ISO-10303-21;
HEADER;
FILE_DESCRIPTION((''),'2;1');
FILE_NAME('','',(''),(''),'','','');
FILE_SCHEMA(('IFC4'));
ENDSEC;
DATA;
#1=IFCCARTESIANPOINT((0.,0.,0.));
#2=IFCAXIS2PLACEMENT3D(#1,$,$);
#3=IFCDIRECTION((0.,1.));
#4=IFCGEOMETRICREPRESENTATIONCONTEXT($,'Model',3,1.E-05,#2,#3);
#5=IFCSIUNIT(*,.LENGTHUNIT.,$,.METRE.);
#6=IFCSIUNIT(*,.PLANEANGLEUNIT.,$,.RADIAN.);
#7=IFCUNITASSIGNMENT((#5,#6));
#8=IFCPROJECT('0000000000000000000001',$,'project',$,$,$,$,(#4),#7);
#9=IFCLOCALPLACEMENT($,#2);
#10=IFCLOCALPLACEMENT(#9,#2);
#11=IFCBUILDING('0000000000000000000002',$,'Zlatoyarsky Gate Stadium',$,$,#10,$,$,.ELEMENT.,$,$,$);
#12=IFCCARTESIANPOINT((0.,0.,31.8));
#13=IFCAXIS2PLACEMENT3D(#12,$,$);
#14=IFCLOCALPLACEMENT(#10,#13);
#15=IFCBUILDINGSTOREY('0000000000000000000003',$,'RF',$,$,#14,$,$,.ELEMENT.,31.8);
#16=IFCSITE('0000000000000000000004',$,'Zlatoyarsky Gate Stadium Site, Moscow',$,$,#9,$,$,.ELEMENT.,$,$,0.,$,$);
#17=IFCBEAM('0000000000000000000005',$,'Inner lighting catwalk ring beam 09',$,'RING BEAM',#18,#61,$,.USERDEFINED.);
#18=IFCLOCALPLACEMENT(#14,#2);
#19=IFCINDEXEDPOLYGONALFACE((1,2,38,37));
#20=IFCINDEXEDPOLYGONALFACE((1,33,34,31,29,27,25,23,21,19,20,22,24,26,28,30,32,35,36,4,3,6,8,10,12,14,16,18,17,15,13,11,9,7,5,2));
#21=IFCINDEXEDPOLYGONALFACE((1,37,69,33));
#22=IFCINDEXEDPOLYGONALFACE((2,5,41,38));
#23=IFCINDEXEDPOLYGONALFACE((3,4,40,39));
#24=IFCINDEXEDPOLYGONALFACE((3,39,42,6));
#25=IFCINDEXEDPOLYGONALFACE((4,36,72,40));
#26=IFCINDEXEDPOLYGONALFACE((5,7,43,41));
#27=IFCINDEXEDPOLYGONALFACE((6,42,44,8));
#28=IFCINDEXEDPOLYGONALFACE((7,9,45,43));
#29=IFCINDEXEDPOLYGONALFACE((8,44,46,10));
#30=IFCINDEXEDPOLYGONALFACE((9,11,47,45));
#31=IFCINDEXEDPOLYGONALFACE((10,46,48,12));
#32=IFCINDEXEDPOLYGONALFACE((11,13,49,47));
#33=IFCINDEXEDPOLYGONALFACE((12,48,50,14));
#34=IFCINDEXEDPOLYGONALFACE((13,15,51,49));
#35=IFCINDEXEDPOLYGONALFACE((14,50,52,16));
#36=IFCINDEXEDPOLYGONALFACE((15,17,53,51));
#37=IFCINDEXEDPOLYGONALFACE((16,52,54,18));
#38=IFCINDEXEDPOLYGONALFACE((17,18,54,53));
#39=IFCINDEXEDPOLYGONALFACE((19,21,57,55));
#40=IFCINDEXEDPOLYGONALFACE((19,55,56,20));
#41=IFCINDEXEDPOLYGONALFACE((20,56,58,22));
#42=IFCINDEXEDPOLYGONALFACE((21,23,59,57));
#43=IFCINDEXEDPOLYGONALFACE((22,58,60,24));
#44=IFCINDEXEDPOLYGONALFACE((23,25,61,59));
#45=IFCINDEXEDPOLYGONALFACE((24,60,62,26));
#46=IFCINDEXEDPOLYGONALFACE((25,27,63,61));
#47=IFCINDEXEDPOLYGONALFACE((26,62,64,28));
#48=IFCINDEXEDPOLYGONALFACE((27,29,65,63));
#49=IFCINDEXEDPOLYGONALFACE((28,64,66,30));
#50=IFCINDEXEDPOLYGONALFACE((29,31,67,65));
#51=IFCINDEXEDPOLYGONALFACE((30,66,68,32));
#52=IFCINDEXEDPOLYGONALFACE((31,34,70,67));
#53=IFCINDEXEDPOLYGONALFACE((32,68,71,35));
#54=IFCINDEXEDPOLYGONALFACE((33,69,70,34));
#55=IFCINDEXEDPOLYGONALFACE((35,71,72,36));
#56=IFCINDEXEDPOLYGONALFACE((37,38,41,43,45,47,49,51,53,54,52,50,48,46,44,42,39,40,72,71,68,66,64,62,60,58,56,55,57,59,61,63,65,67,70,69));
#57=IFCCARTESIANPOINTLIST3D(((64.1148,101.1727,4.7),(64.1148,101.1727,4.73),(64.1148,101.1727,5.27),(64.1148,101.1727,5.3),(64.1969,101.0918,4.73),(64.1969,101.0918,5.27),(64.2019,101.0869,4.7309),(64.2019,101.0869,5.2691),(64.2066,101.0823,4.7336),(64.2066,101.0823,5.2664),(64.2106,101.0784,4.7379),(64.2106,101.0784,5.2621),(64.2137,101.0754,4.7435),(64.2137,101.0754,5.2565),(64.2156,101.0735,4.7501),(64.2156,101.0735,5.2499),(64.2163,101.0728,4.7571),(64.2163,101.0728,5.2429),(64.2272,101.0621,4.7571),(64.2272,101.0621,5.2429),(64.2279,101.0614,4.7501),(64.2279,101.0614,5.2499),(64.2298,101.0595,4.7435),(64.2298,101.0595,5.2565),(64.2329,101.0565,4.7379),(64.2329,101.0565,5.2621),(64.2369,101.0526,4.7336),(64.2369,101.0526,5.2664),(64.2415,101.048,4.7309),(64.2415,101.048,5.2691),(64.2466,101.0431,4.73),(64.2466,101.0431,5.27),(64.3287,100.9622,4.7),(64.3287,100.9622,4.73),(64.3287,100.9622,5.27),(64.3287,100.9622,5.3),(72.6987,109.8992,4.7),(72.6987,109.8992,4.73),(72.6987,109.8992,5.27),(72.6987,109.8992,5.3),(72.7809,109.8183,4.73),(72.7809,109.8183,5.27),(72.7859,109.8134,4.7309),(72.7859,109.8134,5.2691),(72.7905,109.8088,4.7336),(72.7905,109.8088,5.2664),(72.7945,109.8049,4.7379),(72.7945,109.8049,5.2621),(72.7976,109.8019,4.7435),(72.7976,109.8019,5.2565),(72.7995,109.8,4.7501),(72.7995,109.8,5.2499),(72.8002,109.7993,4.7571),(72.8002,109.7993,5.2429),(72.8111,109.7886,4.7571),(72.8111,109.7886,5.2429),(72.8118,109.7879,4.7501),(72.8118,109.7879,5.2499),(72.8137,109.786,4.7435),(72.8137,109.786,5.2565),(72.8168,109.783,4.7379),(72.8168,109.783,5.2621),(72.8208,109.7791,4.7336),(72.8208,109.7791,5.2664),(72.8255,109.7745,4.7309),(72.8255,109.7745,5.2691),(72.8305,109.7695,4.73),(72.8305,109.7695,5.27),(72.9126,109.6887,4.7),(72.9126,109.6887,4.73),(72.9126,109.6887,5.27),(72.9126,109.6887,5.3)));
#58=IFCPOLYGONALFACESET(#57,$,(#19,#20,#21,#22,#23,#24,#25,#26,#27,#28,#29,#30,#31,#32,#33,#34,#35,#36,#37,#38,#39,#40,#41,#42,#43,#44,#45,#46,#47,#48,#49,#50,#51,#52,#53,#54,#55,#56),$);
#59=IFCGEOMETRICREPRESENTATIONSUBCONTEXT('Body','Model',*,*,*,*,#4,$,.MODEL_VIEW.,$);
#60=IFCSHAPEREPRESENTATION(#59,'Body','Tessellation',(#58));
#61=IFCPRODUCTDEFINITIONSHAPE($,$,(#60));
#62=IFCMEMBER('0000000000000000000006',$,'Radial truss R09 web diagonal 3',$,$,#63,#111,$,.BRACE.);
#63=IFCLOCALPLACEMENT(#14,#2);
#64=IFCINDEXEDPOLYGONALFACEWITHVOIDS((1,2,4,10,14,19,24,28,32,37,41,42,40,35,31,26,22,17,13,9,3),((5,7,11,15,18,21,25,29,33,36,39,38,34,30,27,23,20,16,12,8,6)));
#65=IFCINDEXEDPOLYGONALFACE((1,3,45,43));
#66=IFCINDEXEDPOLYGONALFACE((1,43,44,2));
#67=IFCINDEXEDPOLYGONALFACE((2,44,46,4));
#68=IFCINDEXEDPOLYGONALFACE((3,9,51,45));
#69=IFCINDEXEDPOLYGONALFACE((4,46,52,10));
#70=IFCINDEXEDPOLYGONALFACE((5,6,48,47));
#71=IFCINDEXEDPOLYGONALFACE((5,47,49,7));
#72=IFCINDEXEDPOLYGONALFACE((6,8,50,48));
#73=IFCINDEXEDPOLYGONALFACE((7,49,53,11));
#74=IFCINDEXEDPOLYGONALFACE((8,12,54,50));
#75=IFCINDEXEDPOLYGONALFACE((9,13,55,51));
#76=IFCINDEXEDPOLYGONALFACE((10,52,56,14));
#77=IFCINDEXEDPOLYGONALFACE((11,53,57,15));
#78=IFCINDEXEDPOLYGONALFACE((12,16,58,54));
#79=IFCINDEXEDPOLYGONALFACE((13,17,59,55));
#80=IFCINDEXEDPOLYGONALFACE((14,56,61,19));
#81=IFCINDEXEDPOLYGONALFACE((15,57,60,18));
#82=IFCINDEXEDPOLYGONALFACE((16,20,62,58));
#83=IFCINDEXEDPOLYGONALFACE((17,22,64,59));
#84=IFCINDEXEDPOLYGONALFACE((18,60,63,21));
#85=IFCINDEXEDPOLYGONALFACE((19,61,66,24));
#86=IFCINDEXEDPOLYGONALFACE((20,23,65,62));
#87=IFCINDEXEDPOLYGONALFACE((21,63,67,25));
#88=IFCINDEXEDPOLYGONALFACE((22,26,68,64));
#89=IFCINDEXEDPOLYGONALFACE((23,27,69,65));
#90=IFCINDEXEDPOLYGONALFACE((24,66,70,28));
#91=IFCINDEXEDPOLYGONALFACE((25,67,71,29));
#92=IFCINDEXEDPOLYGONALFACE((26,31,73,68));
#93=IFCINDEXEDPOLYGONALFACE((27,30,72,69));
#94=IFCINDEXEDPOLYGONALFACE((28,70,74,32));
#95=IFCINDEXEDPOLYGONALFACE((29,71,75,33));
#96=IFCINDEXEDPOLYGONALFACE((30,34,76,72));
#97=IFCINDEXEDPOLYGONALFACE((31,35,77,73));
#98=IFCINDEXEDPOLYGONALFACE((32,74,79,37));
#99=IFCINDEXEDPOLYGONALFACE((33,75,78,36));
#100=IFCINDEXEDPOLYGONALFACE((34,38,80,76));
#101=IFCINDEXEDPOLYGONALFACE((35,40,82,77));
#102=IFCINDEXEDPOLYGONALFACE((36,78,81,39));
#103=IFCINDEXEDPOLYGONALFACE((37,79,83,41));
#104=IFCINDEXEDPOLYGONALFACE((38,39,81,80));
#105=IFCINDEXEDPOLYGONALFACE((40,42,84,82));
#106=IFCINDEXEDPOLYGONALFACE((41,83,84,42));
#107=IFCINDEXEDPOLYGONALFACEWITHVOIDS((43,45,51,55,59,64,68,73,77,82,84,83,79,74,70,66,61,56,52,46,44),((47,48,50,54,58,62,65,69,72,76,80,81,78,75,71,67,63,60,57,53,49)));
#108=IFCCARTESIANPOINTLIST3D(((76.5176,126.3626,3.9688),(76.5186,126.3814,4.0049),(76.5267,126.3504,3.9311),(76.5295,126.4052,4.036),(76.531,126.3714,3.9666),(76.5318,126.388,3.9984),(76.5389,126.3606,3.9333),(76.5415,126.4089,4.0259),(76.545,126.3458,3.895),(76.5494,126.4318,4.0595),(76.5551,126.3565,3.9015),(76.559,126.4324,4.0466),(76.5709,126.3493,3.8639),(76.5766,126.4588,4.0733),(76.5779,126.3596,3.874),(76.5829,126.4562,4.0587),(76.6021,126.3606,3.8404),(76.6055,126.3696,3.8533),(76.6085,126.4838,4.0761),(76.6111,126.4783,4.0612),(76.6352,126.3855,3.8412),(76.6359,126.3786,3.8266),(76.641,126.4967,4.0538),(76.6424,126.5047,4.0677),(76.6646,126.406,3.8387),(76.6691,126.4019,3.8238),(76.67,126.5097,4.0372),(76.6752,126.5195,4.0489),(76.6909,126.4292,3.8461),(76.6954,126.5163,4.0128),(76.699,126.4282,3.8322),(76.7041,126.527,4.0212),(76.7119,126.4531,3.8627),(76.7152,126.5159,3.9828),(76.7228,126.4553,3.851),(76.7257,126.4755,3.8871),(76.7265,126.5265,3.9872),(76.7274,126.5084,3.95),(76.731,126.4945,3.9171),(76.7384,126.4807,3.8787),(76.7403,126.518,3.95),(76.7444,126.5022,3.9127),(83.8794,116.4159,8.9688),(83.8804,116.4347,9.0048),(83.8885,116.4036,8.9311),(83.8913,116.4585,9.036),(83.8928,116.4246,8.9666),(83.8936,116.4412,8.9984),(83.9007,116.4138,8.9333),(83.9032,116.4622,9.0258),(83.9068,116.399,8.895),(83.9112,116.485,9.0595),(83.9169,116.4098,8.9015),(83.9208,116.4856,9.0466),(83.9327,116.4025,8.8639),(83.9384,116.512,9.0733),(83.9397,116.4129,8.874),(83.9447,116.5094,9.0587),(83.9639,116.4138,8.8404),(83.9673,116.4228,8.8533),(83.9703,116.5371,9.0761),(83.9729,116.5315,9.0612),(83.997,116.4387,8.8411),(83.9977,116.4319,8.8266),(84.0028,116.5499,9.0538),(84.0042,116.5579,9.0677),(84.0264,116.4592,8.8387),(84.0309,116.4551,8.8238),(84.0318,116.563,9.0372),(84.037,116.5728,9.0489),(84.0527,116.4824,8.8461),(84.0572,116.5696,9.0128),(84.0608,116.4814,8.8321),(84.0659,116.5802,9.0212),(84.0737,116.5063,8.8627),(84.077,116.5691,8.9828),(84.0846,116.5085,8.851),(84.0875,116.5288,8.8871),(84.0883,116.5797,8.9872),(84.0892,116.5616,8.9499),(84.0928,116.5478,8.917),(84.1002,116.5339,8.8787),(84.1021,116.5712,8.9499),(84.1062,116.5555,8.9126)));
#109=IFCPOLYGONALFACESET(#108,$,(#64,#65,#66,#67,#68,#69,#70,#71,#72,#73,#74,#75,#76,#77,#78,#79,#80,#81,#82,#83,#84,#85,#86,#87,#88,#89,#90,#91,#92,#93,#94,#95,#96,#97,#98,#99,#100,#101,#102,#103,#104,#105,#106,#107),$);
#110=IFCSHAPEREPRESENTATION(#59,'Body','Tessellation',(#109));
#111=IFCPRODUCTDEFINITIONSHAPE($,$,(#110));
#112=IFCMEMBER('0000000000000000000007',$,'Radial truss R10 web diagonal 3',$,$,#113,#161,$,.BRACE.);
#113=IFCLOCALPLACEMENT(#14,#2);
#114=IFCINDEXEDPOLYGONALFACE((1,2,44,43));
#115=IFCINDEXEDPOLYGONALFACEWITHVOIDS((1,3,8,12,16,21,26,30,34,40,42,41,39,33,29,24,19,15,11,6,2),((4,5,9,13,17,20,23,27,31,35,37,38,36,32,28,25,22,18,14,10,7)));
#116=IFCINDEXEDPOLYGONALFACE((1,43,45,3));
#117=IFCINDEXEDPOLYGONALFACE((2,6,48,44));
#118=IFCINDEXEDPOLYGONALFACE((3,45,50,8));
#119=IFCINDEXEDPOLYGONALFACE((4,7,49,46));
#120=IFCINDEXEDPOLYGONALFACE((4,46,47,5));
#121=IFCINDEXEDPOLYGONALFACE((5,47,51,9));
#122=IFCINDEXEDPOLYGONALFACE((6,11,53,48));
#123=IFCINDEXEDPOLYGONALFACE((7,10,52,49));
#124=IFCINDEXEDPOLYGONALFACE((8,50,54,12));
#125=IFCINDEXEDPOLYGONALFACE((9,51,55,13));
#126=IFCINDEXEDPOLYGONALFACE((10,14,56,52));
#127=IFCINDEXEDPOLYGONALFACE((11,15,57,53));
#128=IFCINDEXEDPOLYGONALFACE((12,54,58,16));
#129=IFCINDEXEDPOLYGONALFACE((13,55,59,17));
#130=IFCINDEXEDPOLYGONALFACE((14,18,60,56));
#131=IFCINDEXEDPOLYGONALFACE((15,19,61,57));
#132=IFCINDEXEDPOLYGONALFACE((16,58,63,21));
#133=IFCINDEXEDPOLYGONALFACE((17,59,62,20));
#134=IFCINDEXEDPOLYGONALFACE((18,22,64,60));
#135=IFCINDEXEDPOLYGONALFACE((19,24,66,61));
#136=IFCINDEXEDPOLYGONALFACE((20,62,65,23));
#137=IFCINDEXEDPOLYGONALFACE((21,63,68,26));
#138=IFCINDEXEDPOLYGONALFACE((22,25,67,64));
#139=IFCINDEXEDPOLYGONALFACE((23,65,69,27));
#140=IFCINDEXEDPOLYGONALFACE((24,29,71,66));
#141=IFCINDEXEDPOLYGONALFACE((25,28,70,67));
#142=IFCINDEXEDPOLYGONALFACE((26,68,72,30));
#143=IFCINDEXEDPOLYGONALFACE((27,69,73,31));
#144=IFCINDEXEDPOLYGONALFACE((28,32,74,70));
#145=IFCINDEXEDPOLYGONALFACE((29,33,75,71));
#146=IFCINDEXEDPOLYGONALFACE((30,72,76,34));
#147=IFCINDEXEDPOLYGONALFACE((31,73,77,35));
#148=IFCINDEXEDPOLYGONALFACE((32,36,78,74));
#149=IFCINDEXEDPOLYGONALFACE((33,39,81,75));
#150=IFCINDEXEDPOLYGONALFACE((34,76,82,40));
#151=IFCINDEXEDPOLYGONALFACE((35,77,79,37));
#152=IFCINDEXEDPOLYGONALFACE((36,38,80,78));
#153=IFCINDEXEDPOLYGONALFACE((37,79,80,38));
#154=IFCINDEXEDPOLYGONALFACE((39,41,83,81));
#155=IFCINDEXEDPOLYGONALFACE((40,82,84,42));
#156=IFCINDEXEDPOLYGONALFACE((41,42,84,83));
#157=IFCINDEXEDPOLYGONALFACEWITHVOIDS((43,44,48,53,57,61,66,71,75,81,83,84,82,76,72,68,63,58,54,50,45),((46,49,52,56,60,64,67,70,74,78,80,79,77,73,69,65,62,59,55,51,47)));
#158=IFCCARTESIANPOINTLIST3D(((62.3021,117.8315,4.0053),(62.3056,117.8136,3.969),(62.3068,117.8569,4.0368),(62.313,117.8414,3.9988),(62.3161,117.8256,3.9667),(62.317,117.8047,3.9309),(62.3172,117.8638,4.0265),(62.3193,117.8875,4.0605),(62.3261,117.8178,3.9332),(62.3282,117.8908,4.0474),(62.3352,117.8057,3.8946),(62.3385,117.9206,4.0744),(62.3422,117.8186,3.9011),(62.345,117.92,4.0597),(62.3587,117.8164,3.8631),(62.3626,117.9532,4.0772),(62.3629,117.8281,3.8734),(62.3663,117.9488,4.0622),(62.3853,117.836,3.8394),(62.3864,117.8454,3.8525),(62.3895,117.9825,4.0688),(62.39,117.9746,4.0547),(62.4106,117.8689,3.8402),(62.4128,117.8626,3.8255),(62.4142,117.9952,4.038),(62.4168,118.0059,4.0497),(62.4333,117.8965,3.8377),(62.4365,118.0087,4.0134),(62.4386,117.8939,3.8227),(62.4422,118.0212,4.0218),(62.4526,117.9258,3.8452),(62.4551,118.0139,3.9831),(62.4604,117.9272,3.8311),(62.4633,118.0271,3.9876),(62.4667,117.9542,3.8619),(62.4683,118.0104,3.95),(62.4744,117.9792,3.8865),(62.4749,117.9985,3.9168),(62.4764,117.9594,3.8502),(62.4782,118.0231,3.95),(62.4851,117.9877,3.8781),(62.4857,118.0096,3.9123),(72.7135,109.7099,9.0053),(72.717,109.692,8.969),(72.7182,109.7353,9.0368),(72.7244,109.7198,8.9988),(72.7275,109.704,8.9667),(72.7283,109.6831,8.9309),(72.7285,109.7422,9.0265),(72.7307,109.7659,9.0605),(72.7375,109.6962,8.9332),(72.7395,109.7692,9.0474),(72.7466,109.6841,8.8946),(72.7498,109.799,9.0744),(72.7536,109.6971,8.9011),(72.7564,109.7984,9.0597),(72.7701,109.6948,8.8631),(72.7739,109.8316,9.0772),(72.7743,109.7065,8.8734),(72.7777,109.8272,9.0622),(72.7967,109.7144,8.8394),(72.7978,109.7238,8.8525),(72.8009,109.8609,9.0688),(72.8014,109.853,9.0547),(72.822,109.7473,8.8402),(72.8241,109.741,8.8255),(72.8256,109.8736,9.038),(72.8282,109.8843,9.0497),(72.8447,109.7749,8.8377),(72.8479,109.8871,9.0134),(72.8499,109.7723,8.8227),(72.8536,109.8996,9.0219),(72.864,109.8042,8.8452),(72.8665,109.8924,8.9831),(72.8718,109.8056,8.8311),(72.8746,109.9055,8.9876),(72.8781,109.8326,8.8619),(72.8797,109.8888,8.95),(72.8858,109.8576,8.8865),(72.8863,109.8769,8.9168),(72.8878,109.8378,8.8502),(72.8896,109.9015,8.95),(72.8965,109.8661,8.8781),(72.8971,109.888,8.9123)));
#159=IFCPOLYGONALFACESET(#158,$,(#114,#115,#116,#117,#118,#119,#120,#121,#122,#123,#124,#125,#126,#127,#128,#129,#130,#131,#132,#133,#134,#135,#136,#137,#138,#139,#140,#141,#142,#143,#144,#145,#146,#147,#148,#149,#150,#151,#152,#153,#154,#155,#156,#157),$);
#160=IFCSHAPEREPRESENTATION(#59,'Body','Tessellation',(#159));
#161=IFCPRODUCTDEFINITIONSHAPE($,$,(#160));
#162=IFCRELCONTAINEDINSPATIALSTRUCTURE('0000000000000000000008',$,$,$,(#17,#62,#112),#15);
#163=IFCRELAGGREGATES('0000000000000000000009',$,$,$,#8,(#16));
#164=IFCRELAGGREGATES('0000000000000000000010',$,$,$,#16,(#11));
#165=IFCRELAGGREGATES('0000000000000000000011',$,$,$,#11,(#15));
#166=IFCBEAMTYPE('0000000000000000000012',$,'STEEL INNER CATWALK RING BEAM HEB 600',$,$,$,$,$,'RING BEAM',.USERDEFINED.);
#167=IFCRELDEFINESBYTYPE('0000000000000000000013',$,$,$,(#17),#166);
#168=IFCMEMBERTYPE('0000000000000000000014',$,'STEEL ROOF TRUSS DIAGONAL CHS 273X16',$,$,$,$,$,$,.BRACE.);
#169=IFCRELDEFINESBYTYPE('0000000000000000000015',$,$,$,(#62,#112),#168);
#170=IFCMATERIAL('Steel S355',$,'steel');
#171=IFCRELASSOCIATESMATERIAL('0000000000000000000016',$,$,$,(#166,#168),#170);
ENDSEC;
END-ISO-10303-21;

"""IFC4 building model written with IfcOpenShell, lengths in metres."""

from ifc_helpers import new_model, si_unit, direction, frame, origin, origin_2d, place, context, subcontext, project, spatial, hollow_circle, i_section, extrude, material, material_profile, profile_set, type_object, element, save


model = new_model("IFC4")

# Units and contexts
model_context = context("Model", 3, precision=1e-05, world=origin(), true_north=direction((0.0, 1.0)))
body_context = subcontext(model_context, "Body", "Model", "MODEL_VIEW")
ifc_project = project(units=[si_unit("LENGTHUNIT", "METRE"), si_unit("PLANEANGLEUNIT", "RADIAN")], contexts=[model_context])

# Site, building, storey
site_placement = place(None, origin())
site = spatial("IfcSite", under=ifc_project, at=site_placement, Name="Zlatoyarsky Gate Stadium Site, Moscow", CompositionType="ELEMENT", RefElevation=0.0)
building_placement = place(site_placement, origin())
building = spatial("IfcBuilding", under=site, at=building_placement, Name="Zlatoyarsky Gate Stadium", CompositionType="ELEMENT")
storey_placement = place(building_placement, frame((0.0, 0.0, 31.8)))
storey = spatial("IfcBuildingStorey", under=building, at=storey_placement, Name="RF", CompositionType="ELEMENT", Elevation=31.8)

# Shared definitions
ifc_material_1 = material(Name="Steel S355", Category="steel")

# Beam
ifc_material_profile_1 = material_profile(ifc_material_1, i_section(OverallWidth=0.3, OverallDepth=0.6001, WebThickness=0.0154, FlangeThickness=0.03, FilletRadius=0.0271, at=origin_2d()), Name="HEB 600")
ifc_profile_set_1 = profile_set([ifc_material_profile_1], Name="Steel S355")
beam_type = type_object("IfcBeamType", Name="STEEL INNER CATWALK RING BEAM HEB 600", ElementType="RING BEAM", PredefinedType="USERDEFINED", material=ifc_profile_set_1)
beam_placement = place(storey_placement, frame((72.8057, 109.7939, 5.0), z_axis=(-0.701259, -0.712907, 0.0), x_axis=(0.712907, -0.701259, 0.0)))
element("IfcBeam", 1, at=beam_placement, inside=storey, type_object=beam_type, Name="Inner lighting catwalk ring beam 09", ObjectType="RING BEAM", PredefinedType="USERDEFINED", context=body_context, shape_type="SweptSolid", body=[
    extrude(i_section(OverallWidth=0.3, OverallDepth=0.6001, WebThickness=0.0154, FlangeThickness=0.03, FilletRadius=0.0271, at=origin_2d()), origin(), (0.0, 0.0, 1.0), 12.2407),
])

# Members
ifc_material_profile_2 = material_profile(ifc_material_1, hollow_circle(Radius=0.1365, WallThickness=0.0161, at=origin_2d()), Name="CHS 273X16")
ifc_profile_set_2 = profile_set([ifc_material_profile_2], Name="Steel S355")
member_type_1 = type_object("IfcMemberType", Name="STEEL ROOF TRUSS DIAGONAL CHS 273X16", PredefinedType="BRACE", material=ifc_profile_set_2)
member_1_placement = place(storey_placement, frame((76.6306, 126.4368, 3.95), z_axis=(0.551583, -0.745261, 0.374624), x_axis=(0.803795, 0.594906, 0.0)))
element("IfcMember", 2, at=member_1_placement, inside=storey, type_object=member_type_1, Name="Radial truss R09 web diagonal 3", PredefinedType="BRACE", context=body_context, shape_type="SweptSolid", body=[
    extrude(hollow_circle(Radius=0.1365, WallThickness=0.0161, at=origin_2d()), origin(), (0.0, 0.0, 1.0), 13.3467),
])
member_2_placement = place(storey_placement, frame((62.3943, 117.9155, 3.95), z_axis=(0.737382, -0.575208, 0.354123), x_axis=(0.615065, 0.788476, 0.0)))
element("IfcMember", 3, at=member_2_placement, inside=storey, type_object=member_type_1, Name="Radial truss R10 web diagonal 3", PredefinedType="BRACE", context=body_context, shape_type="SweptSolid", body=[
    extrude(hollow_circle(Radius=0.1365, WallThickness=0.0161, at=origin_2d()), origin(), (0.0, 0.0, 1.0), 14.1194),
])

save(model, "model.ifc")
